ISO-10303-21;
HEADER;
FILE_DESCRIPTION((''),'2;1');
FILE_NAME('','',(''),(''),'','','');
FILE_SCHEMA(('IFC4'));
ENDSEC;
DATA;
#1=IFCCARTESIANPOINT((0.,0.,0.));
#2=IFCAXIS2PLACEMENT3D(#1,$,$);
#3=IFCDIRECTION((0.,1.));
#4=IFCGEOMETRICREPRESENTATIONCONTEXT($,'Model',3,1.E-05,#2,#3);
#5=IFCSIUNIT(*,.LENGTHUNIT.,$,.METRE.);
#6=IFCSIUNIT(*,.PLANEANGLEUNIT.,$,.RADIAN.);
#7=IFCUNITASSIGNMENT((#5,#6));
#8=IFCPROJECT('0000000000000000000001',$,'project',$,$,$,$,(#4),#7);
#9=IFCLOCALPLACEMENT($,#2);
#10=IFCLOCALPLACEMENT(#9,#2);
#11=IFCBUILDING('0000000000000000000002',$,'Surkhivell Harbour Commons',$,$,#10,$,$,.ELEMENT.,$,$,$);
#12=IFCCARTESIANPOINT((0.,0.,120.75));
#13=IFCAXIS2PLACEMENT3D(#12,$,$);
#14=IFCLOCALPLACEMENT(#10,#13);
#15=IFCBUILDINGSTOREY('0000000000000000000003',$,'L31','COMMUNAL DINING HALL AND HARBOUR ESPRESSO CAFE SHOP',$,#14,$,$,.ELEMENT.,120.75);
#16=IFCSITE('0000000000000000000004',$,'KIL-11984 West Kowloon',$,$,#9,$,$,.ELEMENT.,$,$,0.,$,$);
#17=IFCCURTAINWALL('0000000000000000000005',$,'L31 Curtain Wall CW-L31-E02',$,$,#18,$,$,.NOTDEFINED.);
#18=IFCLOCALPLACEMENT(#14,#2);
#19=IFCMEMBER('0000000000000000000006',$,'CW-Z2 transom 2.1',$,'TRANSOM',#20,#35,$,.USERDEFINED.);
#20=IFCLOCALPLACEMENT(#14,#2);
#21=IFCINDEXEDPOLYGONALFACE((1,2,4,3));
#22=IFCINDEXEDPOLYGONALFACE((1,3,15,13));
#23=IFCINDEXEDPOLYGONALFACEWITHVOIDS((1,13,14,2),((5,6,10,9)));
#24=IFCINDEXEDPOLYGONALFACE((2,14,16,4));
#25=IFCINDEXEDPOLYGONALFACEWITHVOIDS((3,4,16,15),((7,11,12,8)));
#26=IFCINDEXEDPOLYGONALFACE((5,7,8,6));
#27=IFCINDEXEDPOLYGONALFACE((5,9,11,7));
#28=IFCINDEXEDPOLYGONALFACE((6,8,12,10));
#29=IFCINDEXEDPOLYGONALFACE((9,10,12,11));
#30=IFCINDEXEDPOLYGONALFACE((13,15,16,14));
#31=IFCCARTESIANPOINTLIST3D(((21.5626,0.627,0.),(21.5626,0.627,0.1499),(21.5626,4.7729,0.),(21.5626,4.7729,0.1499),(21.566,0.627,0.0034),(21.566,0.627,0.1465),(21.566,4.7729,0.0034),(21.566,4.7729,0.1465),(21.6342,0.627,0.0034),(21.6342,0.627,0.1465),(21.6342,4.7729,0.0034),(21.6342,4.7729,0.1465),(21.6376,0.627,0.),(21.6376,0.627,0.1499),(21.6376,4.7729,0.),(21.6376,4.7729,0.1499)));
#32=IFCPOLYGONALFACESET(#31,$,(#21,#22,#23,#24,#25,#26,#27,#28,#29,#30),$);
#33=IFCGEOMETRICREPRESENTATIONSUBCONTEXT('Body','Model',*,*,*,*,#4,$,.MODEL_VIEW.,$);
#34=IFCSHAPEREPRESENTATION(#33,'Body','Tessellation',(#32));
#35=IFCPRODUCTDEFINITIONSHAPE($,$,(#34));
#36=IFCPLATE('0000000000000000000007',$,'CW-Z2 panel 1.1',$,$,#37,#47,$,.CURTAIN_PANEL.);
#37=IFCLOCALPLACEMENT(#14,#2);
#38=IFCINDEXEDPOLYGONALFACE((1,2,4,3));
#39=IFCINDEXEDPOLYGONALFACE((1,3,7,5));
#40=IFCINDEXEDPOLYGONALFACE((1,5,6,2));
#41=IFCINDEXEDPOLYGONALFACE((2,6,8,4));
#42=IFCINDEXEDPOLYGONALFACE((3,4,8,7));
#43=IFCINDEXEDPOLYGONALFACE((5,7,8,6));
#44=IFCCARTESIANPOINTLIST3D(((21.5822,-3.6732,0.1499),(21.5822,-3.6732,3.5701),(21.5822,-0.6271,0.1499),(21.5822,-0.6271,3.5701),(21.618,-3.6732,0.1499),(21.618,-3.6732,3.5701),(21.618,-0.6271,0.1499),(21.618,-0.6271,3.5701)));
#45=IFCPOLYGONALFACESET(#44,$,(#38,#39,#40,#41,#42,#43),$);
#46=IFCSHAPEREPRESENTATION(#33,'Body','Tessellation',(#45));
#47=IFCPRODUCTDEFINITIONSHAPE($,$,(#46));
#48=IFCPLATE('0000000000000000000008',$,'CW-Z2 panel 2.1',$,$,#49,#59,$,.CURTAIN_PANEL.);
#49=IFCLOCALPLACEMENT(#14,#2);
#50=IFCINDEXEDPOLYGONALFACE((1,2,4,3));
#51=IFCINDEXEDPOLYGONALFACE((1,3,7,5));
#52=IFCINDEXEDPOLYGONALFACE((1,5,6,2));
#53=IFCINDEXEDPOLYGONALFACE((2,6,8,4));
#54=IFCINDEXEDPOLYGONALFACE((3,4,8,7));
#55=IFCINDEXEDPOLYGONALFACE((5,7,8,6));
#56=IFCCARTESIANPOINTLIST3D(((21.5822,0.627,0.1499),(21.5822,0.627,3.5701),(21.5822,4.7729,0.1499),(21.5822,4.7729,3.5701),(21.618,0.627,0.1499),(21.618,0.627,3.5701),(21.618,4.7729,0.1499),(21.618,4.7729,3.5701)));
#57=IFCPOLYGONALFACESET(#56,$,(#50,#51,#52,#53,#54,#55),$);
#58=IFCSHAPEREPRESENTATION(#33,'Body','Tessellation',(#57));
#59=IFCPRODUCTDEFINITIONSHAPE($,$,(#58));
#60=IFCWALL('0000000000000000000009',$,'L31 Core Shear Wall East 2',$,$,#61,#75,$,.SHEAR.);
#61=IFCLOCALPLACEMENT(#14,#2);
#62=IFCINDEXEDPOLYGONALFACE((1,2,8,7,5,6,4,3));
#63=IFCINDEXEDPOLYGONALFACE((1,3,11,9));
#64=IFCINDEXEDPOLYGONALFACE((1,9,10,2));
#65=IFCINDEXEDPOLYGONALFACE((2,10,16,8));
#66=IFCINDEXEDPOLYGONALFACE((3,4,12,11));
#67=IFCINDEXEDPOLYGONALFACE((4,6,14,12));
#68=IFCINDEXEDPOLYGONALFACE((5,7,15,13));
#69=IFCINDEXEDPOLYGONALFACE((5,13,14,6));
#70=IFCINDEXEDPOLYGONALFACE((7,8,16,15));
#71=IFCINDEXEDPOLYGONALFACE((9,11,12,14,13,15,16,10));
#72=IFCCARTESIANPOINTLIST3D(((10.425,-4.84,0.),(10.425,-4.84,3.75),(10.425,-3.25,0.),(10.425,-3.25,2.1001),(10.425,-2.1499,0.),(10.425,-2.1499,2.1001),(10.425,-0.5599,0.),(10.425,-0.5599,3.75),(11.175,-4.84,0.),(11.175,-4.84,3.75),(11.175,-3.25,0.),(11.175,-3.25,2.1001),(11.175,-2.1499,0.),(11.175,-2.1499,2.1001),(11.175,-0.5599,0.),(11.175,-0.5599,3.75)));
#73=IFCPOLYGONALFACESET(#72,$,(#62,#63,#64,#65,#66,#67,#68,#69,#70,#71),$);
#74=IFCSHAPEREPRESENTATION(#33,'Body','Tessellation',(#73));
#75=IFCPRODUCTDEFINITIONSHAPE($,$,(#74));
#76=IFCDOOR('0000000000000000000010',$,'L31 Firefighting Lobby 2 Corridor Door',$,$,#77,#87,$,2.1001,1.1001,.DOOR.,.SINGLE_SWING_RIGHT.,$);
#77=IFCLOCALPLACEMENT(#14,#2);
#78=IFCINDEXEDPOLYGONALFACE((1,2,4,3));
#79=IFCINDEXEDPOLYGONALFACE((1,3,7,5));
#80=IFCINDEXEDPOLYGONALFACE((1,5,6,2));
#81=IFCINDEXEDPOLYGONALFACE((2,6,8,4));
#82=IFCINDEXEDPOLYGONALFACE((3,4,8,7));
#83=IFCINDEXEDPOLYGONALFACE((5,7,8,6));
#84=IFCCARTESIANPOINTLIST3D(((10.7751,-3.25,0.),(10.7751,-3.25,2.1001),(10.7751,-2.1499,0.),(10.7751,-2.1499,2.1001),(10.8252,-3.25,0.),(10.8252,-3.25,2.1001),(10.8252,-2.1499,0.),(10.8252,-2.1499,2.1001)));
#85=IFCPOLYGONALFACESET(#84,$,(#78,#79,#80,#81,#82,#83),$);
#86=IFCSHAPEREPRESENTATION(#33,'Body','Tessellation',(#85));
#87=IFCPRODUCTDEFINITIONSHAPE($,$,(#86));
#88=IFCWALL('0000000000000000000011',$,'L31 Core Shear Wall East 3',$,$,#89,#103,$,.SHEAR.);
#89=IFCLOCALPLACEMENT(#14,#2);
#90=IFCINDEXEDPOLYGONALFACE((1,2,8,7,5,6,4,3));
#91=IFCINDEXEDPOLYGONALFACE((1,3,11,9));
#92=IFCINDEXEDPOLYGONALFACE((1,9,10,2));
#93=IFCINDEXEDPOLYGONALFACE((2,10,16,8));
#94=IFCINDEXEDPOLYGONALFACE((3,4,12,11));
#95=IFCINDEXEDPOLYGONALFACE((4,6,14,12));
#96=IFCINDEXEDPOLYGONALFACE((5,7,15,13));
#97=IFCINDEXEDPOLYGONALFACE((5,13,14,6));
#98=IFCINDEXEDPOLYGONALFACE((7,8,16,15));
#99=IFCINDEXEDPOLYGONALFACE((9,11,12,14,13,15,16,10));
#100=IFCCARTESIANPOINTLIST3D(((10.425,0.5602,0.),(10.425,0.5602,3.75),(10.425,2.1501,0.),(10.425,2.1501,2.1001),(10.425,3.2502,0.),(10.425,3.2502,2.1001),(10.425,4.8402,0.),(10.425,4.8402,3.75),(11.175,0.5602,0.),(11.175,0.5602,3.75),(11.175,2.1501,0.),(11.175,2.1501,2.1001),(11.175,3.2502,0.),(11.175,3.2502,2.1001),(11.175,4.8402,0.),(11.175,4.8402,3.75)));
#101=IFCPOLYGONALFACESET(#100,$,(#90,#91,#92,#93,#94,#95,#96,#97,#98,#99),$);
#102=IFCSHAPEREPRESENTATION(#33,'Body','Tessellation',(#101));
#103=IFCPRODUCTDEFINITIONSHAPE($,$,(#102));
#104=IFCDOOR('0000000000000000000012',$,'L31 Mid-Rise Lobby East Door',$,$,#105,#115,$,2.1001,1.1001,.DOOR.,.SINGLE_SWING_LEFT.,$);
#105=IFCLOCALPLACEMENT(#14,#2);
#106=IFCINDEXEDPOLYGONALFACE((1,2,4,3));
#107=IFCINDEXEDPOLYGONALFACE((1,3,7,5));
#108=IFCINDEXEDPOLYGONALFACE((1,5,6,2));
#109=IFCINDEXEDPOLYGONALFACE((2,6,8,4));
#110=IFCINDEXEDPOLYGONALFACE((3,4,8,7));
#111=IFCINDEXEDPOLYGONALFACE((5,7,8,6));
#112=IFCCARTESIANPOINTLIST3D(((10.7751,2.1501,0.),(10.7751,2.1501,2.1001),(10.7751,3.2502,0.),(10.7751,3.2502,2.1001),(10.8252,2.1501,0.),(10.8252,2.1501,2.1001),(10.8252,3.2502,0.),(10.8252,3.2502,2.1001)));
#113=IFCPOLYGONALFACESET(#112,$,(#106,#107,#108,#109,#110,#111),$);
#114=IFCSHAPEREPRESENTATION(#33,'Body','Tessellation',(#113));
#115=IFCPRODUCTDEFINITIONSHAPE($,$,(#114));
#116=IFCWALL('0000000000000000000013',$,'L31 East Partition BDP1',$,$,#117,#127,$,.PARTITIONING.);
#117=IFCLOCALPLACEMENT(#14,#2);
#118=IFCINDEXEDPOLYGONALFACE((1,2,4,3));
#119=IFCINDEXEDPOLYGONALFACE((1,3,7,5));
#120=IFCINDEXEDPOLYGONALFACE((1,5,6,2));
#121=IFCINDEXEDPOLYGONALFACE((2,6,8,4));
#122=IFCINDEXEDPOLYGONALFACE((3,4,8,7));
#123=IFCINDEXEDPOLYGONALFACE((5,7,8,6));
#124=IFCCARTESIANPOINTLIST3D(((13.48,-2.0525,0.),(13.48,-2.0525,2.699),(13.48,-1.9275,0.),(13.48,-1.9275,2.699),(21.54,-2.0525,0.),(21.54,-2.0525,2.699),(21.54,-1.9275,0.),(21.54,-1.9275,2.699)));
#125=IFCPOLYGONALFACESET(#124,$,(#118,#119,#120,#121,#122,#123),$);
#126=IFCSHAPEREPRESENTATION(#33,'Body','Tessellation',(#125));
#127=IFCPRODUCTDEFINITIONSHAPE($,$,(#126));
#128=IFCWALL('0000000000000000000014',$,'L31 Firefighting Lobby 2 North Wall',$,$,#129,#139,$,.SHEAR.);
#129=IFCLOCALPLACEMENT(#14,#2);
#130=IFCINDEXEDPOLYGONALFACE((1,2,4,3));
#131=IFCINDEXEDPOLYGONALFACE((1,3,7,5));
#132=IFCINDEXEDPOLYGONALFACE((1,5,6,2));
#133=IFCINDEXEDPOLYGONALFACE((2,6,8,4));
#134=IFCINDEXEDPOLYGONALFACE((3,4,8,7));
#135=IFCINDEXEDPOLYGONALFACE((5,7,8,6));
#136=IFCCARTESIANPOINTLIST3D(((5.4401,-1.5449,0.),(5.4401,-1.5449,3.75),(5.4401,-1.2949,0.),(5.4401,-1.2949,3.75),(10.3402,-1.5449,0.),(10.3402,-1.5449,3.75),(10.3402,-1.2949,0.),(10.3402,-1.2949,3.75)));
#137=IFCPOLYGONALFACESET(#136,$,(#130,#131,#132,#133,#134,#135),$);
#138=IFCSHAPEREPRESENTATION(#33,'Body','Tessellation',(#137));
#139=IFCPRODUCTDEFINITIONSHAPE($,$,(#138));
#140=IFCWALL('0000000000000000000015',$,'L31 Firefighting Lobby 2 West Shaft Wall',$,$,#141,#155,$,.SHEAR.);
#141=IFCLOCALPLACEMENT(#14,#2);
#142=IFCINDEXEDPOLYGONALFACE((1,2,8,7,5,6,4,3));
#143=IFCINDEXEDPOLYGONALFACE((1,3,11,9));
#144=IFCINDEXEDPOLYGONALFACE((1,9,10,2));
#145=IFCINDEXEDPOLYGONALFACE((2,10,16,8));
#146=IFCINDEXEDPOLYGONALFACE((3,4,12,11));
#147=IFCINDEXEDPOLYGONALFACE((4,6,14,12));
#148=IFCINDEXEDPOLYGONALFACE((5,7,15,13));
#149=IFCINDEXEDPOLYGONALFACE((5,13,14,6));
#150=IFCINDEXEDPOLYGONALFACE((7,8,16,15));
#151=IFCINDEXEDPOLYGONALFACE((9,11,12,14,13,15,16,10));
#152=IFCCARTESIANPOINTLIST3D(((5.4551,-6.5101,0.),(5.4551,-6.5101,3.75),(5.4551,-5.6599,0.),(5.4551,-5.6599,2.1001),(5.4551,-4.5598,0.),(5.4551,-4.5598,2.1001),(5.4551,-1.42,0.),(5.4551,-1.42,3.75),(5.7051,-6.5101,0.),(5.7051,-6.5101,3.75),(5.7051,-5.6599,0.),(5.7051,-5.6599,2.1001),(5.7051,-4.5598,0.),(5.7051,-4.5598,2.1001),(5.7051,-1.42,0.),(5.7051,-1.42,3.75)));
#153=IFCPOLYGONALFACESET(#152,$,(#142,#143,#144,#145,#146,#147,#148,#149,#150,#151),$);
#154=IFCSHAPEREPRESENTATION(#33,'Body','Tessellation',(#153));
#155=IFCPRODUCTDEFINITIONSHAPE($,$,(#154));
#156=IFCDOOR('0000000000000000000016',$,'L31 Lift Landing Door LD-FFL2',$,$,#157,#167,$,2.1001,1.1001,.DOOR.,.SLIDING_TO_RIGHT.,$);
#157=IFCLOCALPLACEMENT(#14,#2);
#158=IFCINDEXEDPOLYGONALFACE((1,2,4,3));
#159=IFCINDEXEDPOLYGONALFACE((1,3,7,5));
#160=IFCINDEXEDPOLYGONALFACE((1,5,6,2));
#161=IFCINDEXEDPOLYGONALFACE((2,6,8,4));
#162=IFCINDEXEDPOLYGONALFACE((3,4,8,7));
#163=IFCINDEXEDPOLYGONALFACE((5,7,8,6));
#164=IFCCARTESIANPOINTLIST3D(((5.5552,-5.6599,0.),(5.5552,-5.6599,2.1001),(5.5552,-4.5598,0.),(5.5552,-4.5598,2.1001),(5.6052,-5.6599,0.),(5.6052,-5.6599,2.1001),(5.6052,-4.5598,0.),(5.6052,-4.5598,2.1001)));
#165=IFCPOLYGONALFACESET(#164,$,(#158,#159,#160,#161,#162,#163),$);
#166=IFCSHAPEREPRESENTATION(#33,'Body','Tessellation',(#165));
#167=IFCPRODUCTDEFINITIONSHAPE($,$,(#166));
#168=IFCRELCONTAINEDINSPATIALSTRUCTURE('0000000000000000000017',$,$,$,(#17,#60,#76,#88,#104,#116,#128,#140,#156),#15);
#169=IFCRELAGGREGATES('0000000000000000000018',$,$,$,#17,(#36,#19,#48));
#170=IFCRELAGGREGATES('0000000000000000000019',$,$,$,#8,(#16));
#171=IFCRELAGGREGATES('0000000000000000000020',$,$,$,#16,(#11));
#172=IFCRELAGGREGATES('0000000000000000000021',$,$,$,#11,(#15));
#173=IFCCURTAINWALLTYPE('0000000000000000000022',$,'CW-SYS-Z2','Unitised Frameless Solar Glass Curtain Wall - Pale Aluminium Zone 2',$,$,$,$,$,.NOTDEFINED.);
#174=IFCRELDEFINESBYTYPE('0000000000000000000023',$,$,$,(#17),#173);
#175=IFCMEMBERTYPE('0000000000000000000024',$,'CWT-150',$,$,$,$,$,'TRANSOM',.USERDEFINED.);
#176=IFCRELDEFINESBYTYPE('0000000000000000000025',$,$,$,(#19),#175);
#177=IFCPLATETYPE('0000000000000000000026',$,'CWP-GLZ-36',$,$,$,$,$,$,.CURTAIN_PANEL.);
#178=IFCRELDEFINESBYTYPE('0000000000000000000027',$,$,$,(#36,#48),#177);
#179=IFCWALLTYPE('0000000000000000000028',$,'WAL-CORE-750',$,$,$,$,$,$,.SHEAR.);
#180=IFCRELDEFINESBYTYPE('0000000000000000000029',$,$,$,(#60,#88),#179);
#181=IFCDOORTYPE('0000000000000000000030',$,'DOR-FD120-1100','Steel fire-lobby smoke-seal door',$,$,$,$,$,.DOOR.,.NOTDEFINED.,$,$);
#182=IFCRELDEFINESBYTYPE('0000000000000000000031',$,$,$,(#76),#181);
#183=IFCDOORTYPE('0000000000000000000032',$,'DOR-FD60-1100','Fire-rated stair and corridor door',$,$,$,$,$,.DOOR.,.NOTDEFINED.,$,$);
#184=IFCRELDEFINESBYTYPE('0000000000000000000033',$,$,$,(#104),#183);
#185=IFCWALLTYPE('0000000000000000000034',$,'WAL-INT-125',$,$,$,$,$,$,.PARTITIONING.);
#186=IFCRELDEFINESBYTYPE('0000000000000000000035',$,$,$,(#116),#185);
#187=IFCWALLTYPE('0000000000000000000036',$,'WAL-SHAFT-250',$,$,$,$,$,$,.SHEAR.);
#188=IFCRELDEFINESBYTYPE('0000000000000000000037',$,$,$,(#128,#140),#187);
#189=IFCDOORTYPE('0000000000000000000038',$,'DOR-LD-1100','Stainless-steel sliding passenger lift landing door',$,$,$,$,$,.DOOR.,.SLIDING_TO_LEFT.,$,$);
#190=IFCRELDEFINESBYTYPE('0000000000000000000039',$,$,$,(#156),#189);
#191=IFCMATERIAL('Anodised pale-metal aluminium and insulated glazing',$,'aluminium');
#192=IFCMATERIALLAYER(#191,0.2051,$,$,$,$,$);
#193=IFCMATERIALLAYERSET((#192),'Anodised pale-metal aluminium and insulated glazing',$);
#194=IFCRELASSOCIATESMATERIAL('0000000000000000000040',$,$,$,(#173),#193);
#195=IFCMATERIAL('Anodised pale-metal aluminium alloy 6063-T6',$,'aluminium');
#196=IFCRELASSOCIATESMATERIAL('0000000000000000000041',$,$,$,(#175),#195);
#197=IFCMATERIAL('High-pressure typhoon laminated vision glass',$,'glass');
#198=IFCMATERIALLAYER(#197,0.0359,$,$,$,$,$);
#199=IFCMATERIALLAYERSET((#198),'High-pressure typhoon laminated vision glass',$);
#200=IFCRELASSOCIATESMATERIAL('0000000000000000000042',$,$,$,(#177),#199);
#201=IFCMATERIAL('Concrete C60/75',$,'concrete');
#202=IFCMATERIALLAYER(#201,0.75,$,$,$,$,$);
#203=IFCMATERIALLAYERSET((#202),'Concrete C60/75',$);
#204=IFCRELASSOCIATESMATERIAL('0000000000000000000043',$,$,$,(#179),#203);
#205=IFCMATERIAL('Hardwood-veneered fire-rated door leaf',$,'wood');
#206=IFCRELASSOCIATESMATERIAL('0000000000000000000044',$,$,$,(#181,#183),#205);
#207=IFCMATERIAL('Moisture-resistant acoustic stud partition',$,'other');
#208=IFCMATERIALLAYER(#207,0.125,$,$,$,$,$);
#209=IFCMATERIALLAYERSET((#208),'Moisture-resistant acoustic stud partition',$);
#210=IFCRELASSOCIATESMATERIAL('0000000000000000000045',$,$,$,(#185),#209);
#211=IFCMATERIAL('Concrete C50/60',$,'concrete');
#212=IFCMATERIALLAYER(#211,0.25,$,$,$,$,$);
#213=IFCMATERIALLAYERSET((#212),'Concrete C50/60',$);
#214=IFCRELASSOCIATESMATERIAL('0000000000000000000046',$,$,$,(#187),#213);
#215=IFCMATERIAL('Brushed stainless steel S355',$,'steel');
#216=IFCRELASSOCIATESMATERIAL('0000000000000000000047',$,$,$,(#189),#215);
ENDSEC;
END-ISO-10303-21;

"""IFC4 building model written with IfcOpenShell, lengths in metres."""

from ifc_helpers import new_model, si_unit, direction, frame, frame_2d, origin, origin_2d, place, context, subcontext, project, spatial, rectangle, hollow_rectangle, extrude, material, layer, layer_set, material_profile, profile_set, type_object, element, fill, aggregate, save


model = new_model("IFC4")

# Units and contexts
model_context = context("Model", 3, precision=1e-05, world=origin(), true_north=direction((0.0, 1.0)))
body_context = subcontext(model_context, "Body", "Model", "MODEL_VIEW")
ifc_project = project(units=[si_unit("LENGTHUNIT", "METRE"), si_unit("PLANEANGLEUNIT", "RADIAN")], contexts=[model_context])

# Site, building, storey
site_placement = place(None, origin())
site = spatial("IfcSite", under=ifc_project, at=site_placement, Name="KIL-11984 West Kowloon", CompositionType="ELEMENT", RefElevation=0.0)
building_placement = place(site_placement, origin())
building = spatial("IfcBuilding", under=site, at=building_placement, Name="Surkhivell Harbour Commons", CompositionType="ELEMENT")
storey_placement = place(building_placement, frame((0.0, 0.0, 120.75)))
storey = spatial("IfcBuildingStorey", under=building, at=storey_placement, Name="L31", Description="COMMUNAL DINING HALL AND HARBOUR ESPRESSO CAFE SHOP", CompositionType="ELEMENT", Elevation=120.75)

# Shared definitions
ifc_material_1 = material(Name="Concrete C60/75", Category="concrete")

# Shared definitions
ifc_material_2 = material(Name="Anodised pale-metal aluminium and insulated glazing", Category="aluminium")
ifc_layer_1 = layer(ifc_material_2, 0.2051)
ifc_layer_set_1 = layer_set([ifc_layer_1], Name="Anodised pale-metal aluminium and insulated glazing")
curtain_wall_type = type_object("IfcCurtainWallType", Name="CW-SYS-Z2", Description="Unitised Frameless Solar Glass Curtain Wall - Pale Aluminium Zone 2", PredefinedType="NOTDEFINED", material=ifc_layer_set_1)
ifc_material_3 = material(Name="Anodised pale-metal aluminium alloy 6063-T6", Category="aluminium")

# Curtain wall, member, plates
curtain_wall_1_placement = place(storey_placement, origin())
curtain_wall_1 = element("IfcCurtainWall", 1, at=curtain_wall_1_placement, inside=storey, type_object=curtain_wall_type, Name="L31 Curtain Wall CW-L31-E02", PredefinedType="NOTDEFINED")
ifc_material_profile_1 = material_profile(ifc_material_3, hollow_rectangle(XDim=0.075, YDim=0.1499, WallThickness=0.0034, at=origin_2d()), Name="ALU-TRAN-75x150")
ifc_profile_set_1 = profile_set([ifc_material_profile_1], Name="Anodised pale-metal aluminium alloy 6063-T6")
member_type_1 = type_object("IfcMemberType", Name="CWT-150", ElementType="TRANSOM", PredefinedType="USERDEFINED", material=ifc_profile_set_1)
member_1_placement = place(storey_placement, frame((21.6001, 0.627, 0.075), z_axis=(0.0, 1.0, 0.0), x_axis=(-1.0, 0.0, 0.0)))
member_1 = element("IfcMember", 2, at=member_1_placement, type_object=member_type_1, Name="CW-Z2 transom 2.1", ObjectType="TRANSOM", PredefinedType="USERDEFINED", context=body_context, shape_type="SweptSolid", body=[
    extrude(hollow_rectangle(XDim=0.075, YDim=0.1499, WallThickness=0.0034, at=origin_2d()), origin(), (0.0, 0.0, 1.0), 4.146),
])
ifc_material_4 = material(Name="High-pressure typhoon laminated vision glass", Category="glass")
ifc_layer_2 = layer(ifc_material_4, 0.0359)
ifc_layer_set_2 = layer_set([ifc_layer_2], Name="High-pressure typhoon laminated vision glass")
plate_type = type_object("IfcPlateType", Name="CWP-GLZ-36", PredefinedType="CURTAIN_PANEL", material=ifc_layer_set_2)
plate_1_placement = place(storey_placement, frame((21.6001, -3.6731, 0.1499), z_axis=(0.0, 0.0, 1.0), x_axis=(0.0, 1.0, 0.0)))
plate_1 = element("IfcPlate", 3, at=plate_1_placement, type_object=plate_type, Name="CW-Z2 panel 1.1", PredefinedType="CURTAIN_PANEL", context=body_context, shape_type="SweptSolid", body=[
    extrude(rectangle(XDim=3.0461, YDim=0.0359, at=frame_2d((1.5229, 0.0))), origin(), (0.0, 0.0, 1.0), 3.4202),
])
plate_2_placement = place(storey_placement, frame((21.6001, 0.627, 0.1499), z_axis=(0.0, 0.0, 1.0), x_axis=(0.0, 1.0, 0.0)))
plate_2 = element("IfcPlate", 4, at=plate_2_placement, type_object=plate_type, Name="CW-Z2 panel 2.1", PredefinedType="CURTAIN_PANEL", context=body_context, shape_type="SweptSolid", body=[
    extrude(rectangle(XDim=4.146, YDim=0.0359, at=frame_2d((2.073, 0.0))), origin(), (0.0, 0.0, 1.0), 3.4202),
])
aggregate(curtain_wall_1, [plate_1, member_1, plate_2])

# Walls, openings, doors
ifc_layer_3 = layer(ifc_material_1, 0.75)
ifc_layer_set_3 = layer_set([ifc_layer_3], Name="Concrete C60/75")
wall_type_1 = type_object("IfcWallType", Name="WAL-CORE-750", PredefinedType="SHEAR", material=ifc_layer_set_3)
wall_1_placement = place(storey_placement, frame((10.8, -4.8401, 0.0), z_axis=(0.0, 0.0, 1.0), x_axis=(0.0, 1.0, 0.0)))
wall_1 = element("IfcWall", 5, at=wall_1_placement, inside=storey, type_object=wall_type_1, Name="L31 Core Shear Wall East 2", PredefinedType="SHEAR", context=body_context, shape_type="SweptSolid", body=[
    extrude(rectangle(XDim=4.28, YDim=0.75, at=frame_2d((2.1401, 0.0))), origin(), (0.0, 0.0, 1.0), 3.75),
])
opening_1_placement = place(wall_1_placement, frame((1.5901, 0.0, 0.0)))
opening_1 = element("IfcOpeningElement", 6, at=opening_1_placement, cuts=wall_1, PredefinedType="OPENING", context=body_context, shape_type="SweptSolid", body=[
    extrude(rectangle(XDim=1.1001, YDim=2.1001, at=frame_2d((0.55, 1.05))), frame((0.0, 0.385, 0.0), z_axis=(0.0, -1.0, 0.0), x_axis=(1.0, 0.0, 0.0)), (0.0, 0.0, 1.0), 0.77),
])
ifc_material_5 = material(Name="Hardwood-veneered fire-rated door leaf", Category="wood")
door_type_1 = type_object("IfcDoorType", Name="DOR-FD120-1100", Description="Steel fire-lobby smoke-seal door", OperationType="NOTDEFINED", PredefinedType="DOOR", material=ifc_material_5)
door_1_placement = place(opening_1_placement, origin())
door_1 = element("IfcDoor", 7, at=door_1_placement, inside=storey, type_object=door_type_1, Name="L31 Firefighting Lobby 2 Corridor Door", OperationType="SINGLE_SWING_RIGHT", OverallHeight=2.1001, OverallWidth=1.1001, PredefinedType="DOOR", context=body_context, shape_type="SweptSolid", body=[
    extrude(rectangle(XDim=1.1001, YDim=2.1001, at=frame_2d((0.55, 1.05))), frame((0.0, 0.0249, 0.0), z_axis=(0.0, -1.0, 0.0), x_axis=(1.0, 0.0, 0.0)), (0.0, 0.0, 1.0), 0.05),
])
fill(opening_1, door_1)
wall_2_placement = place(storey_placement, frame((10.8, 0.5601, 0.0), z_axis=(0.0, 0.0, 1.0), x_axis=(0.0, 1.0, 0.0)))
wall_2 = element("IfcWall", 8, at=wall_2_placement, inside=storey, type_object=wall_type_1, Name="L31 Core Shear Wall East 3", PredefinedType="SHEAR", context=body_context, shape_type="SweptSolid", body=[
    extrude(rectangle(XDim=4.28, YDim=0.75, at=frame_2d((2.1401, 0.0))), origin(), (0.0, 0.0, 1.0), 3.75),
])
opening_2_placement = place(wall_2_placement, frame((1.5901, 0.0, 0.0)))
opening_2 = element("IfcOpeningElement", 9, at=opening_2_placement, cuts=wall_2, PredefinedType="OPENING", context=body_context, shape_type="SweptSolid", body=[
    extrude(rectangle(XDim=1.1001, YDim=2.1001, at=frame_2d((0.55, 1.05))), frame((0.0, 0.385, 0.0), z_axis=(0.0, -1.0, 0.0), x_axis=(1.0, 0.0, 0.0)), (0.0, 0.0, 1.0), 0.77),
])
door_type_2 = type_object("IfcDoorType", Name="DOR-FD60-1100", Description="Fire-rated stair and corridor door", OperationType="NOTDEFINED", PredefinedType="DOOR", material=ifc_material_5)
door_2_placement = place(opening_2_placement, origin())
door_2 = element("IfcDoor", 10, at=door_2_placement, inside=storey, type_object=door_type_2, Name="L31 Mid-Rise Lobby East Door", OperationType="SINGLE_SWING_LEFT", OverallHeight=2.1001, OverallWidth=1.1001, PredefinedType="DOOR", context=body_context, shape_type="SweptSolid", body=[
    extrude(rectangle(XDim=1.1001, YDim=2.1001, at=frame_2d((0.55, 1.05))), frame((0.0, 0.0249, 0.0), z_axis=(0.0, -1.0, 0.0), x_axis=(1.0, 0.0, 0.0)), (0.0, 0.0, 1.0), 0.05),
])
fill(opening_2, door_2)

# Walls
ifc_material_6 = material(Name="Moisture-resistant acoustic stud partition", Category="other")
ifc_layer_4 = layer(ifc_material_6, 0.125)
ifc_layer_set_4 = layer_set([ifc_layer_4], Name="Moisture-resistant acoustic stud partition")
wall_type_2 = type_object("IfcWallType", Name="WAL-INT-125", PredefinedType="PARTITIONING", material=ifc_layer_set_4)
wall_3_placement = place(storey_placement, frame((13.48, -1.99, 0.0), z_axis=(0.0, 0.0, 1.0), x_axis=(1.0, 0.0, 0.0)))
element("IfcWall", 11, at=wall_3_placement, inside=storey, type_object=wall_type_2, Name="L31 East Partition BDP1", PredefinedType="PARTITIONING", context=body_context, shape_type="SweptSolid", body=[
    extrude(rectangle(XDim=8.0601, YDim=0.125, at=frame_2d((4.03, 0.0))), origin(), (0.0, 0.0, 1.0), 2.699),
])
ifc_material_7 = material(Name="Concrete C50/60", Category="concrete")
ifc_layer_5 = layer(ifc_material_7, 0.25)
ifc_layer_set_5 = layer_set([ifc_layer_5], Name="Concrete C50/60")
wall_type_3 = type_object("IfcWallType", Name="WAL-SHAFT-250", PredefinedType="SHEAR", material=ifc_layer_set_5)
wall_4_placement = place(storey_placement, frame((5.4399, -1.4199, 0.0), z_axis=(0.0, 0.0, 1.0), x_axis=(1.0, 0.0, 0.0)))
element("IfcWall", 12, at=wall_4_placement, inside=storey, type_object=wall_type_3, Name="L31 Firefighting Lobby 2 North Wall", PredefinedType="SHEAR", context=body_context, shape_type="SweptSolid", body=[
    extrude(rectangle(XDim=4.9001, YDim=0.25, at=frame_2d((2.4502, 0.0))), origin(), (0.0, 0.0, 1.0), 3.75),
])

# Wall, opening, door
wall_5_placement = place(storey_placement, frame((5.5801, -6.51, 0.0), z_axis=(0.0, 0.0, 1.0), x_axis=(0.0, 1.0, 0.0)))
wall_5 = element("IfcWall", 13, at=wall_5_placement, inside=storey, type_object=wall_type_3, Name="L31 Firefighting Lobby 2 West Shaft Wall", PredefinedType="SHEAR", context=body_context, shape_type="SweptSolid", body=[
    extrude(rectangle(XDim=5.0901, YDim=0.25, at=frame_2d((2.5449, 0.0))), origin(), (0.0, 0.0, 1.0), 3.75),
])
opening_3_placement = place(wall_5_placement, frame((0.8501, 0.0, 0.0)))
opening_3 = element("IfcOpeningElement", 14, at=opening_3_placement, cuts=wall_5, PredefinedType="OPENING", context=body_context, shape_type="SweptSolid", body=[
    extrude(rectangle(XDim=1.1001, YDim=2.1001, at=frame_2d((0.55, 1.05))), frame((0.0, 0.135, 0.0), z_axis=(0.0, -1.0, 0.0), x_axis=(1.0, 0.0, 0.0)), (0.0, 0.0, 1.0), 0.27),
])
ifc_material_8 = material(Name="Brushed stainless steel S355", Category="steel")
door_type_3 = type_object("IfcDoorType", Name="DOR-LD-1100", Description="Stainless-steel sliding passenger lift landing door", OperationType="SLIDING_TO_LEFT", PredefinedType="DOOR", material=ifc_material_8)
door_3_placement = place(opening_3_placement, origin())
door_3 = element("IfcDoor", 15, at=door_3_placement, inside=storey, type_object=door_type_3, Name="L31 Lift Landing Door LD-FFL2", OperationType="SLIDING_TO_RIGHT", OverallHeight=2.1001, OverallWidth=1.1001, PredefinedType="DOOR", context=body_context, shape_type="SweptSolid", body=[
    extrude(rectangle(XDim=1.1001, YDim=2.1001, at=frame_2d((0.55, 1.05))), frame((0.0, 0.0249, 0.0), z_axis=(0.0, -1.0, 0.0), x_axis=(1.0, 0.0, 0.0)), (0.0, 0.0, 1.0), 0.05),
])
fill(opening_3, door_3)

save(model, "model.ifc")
